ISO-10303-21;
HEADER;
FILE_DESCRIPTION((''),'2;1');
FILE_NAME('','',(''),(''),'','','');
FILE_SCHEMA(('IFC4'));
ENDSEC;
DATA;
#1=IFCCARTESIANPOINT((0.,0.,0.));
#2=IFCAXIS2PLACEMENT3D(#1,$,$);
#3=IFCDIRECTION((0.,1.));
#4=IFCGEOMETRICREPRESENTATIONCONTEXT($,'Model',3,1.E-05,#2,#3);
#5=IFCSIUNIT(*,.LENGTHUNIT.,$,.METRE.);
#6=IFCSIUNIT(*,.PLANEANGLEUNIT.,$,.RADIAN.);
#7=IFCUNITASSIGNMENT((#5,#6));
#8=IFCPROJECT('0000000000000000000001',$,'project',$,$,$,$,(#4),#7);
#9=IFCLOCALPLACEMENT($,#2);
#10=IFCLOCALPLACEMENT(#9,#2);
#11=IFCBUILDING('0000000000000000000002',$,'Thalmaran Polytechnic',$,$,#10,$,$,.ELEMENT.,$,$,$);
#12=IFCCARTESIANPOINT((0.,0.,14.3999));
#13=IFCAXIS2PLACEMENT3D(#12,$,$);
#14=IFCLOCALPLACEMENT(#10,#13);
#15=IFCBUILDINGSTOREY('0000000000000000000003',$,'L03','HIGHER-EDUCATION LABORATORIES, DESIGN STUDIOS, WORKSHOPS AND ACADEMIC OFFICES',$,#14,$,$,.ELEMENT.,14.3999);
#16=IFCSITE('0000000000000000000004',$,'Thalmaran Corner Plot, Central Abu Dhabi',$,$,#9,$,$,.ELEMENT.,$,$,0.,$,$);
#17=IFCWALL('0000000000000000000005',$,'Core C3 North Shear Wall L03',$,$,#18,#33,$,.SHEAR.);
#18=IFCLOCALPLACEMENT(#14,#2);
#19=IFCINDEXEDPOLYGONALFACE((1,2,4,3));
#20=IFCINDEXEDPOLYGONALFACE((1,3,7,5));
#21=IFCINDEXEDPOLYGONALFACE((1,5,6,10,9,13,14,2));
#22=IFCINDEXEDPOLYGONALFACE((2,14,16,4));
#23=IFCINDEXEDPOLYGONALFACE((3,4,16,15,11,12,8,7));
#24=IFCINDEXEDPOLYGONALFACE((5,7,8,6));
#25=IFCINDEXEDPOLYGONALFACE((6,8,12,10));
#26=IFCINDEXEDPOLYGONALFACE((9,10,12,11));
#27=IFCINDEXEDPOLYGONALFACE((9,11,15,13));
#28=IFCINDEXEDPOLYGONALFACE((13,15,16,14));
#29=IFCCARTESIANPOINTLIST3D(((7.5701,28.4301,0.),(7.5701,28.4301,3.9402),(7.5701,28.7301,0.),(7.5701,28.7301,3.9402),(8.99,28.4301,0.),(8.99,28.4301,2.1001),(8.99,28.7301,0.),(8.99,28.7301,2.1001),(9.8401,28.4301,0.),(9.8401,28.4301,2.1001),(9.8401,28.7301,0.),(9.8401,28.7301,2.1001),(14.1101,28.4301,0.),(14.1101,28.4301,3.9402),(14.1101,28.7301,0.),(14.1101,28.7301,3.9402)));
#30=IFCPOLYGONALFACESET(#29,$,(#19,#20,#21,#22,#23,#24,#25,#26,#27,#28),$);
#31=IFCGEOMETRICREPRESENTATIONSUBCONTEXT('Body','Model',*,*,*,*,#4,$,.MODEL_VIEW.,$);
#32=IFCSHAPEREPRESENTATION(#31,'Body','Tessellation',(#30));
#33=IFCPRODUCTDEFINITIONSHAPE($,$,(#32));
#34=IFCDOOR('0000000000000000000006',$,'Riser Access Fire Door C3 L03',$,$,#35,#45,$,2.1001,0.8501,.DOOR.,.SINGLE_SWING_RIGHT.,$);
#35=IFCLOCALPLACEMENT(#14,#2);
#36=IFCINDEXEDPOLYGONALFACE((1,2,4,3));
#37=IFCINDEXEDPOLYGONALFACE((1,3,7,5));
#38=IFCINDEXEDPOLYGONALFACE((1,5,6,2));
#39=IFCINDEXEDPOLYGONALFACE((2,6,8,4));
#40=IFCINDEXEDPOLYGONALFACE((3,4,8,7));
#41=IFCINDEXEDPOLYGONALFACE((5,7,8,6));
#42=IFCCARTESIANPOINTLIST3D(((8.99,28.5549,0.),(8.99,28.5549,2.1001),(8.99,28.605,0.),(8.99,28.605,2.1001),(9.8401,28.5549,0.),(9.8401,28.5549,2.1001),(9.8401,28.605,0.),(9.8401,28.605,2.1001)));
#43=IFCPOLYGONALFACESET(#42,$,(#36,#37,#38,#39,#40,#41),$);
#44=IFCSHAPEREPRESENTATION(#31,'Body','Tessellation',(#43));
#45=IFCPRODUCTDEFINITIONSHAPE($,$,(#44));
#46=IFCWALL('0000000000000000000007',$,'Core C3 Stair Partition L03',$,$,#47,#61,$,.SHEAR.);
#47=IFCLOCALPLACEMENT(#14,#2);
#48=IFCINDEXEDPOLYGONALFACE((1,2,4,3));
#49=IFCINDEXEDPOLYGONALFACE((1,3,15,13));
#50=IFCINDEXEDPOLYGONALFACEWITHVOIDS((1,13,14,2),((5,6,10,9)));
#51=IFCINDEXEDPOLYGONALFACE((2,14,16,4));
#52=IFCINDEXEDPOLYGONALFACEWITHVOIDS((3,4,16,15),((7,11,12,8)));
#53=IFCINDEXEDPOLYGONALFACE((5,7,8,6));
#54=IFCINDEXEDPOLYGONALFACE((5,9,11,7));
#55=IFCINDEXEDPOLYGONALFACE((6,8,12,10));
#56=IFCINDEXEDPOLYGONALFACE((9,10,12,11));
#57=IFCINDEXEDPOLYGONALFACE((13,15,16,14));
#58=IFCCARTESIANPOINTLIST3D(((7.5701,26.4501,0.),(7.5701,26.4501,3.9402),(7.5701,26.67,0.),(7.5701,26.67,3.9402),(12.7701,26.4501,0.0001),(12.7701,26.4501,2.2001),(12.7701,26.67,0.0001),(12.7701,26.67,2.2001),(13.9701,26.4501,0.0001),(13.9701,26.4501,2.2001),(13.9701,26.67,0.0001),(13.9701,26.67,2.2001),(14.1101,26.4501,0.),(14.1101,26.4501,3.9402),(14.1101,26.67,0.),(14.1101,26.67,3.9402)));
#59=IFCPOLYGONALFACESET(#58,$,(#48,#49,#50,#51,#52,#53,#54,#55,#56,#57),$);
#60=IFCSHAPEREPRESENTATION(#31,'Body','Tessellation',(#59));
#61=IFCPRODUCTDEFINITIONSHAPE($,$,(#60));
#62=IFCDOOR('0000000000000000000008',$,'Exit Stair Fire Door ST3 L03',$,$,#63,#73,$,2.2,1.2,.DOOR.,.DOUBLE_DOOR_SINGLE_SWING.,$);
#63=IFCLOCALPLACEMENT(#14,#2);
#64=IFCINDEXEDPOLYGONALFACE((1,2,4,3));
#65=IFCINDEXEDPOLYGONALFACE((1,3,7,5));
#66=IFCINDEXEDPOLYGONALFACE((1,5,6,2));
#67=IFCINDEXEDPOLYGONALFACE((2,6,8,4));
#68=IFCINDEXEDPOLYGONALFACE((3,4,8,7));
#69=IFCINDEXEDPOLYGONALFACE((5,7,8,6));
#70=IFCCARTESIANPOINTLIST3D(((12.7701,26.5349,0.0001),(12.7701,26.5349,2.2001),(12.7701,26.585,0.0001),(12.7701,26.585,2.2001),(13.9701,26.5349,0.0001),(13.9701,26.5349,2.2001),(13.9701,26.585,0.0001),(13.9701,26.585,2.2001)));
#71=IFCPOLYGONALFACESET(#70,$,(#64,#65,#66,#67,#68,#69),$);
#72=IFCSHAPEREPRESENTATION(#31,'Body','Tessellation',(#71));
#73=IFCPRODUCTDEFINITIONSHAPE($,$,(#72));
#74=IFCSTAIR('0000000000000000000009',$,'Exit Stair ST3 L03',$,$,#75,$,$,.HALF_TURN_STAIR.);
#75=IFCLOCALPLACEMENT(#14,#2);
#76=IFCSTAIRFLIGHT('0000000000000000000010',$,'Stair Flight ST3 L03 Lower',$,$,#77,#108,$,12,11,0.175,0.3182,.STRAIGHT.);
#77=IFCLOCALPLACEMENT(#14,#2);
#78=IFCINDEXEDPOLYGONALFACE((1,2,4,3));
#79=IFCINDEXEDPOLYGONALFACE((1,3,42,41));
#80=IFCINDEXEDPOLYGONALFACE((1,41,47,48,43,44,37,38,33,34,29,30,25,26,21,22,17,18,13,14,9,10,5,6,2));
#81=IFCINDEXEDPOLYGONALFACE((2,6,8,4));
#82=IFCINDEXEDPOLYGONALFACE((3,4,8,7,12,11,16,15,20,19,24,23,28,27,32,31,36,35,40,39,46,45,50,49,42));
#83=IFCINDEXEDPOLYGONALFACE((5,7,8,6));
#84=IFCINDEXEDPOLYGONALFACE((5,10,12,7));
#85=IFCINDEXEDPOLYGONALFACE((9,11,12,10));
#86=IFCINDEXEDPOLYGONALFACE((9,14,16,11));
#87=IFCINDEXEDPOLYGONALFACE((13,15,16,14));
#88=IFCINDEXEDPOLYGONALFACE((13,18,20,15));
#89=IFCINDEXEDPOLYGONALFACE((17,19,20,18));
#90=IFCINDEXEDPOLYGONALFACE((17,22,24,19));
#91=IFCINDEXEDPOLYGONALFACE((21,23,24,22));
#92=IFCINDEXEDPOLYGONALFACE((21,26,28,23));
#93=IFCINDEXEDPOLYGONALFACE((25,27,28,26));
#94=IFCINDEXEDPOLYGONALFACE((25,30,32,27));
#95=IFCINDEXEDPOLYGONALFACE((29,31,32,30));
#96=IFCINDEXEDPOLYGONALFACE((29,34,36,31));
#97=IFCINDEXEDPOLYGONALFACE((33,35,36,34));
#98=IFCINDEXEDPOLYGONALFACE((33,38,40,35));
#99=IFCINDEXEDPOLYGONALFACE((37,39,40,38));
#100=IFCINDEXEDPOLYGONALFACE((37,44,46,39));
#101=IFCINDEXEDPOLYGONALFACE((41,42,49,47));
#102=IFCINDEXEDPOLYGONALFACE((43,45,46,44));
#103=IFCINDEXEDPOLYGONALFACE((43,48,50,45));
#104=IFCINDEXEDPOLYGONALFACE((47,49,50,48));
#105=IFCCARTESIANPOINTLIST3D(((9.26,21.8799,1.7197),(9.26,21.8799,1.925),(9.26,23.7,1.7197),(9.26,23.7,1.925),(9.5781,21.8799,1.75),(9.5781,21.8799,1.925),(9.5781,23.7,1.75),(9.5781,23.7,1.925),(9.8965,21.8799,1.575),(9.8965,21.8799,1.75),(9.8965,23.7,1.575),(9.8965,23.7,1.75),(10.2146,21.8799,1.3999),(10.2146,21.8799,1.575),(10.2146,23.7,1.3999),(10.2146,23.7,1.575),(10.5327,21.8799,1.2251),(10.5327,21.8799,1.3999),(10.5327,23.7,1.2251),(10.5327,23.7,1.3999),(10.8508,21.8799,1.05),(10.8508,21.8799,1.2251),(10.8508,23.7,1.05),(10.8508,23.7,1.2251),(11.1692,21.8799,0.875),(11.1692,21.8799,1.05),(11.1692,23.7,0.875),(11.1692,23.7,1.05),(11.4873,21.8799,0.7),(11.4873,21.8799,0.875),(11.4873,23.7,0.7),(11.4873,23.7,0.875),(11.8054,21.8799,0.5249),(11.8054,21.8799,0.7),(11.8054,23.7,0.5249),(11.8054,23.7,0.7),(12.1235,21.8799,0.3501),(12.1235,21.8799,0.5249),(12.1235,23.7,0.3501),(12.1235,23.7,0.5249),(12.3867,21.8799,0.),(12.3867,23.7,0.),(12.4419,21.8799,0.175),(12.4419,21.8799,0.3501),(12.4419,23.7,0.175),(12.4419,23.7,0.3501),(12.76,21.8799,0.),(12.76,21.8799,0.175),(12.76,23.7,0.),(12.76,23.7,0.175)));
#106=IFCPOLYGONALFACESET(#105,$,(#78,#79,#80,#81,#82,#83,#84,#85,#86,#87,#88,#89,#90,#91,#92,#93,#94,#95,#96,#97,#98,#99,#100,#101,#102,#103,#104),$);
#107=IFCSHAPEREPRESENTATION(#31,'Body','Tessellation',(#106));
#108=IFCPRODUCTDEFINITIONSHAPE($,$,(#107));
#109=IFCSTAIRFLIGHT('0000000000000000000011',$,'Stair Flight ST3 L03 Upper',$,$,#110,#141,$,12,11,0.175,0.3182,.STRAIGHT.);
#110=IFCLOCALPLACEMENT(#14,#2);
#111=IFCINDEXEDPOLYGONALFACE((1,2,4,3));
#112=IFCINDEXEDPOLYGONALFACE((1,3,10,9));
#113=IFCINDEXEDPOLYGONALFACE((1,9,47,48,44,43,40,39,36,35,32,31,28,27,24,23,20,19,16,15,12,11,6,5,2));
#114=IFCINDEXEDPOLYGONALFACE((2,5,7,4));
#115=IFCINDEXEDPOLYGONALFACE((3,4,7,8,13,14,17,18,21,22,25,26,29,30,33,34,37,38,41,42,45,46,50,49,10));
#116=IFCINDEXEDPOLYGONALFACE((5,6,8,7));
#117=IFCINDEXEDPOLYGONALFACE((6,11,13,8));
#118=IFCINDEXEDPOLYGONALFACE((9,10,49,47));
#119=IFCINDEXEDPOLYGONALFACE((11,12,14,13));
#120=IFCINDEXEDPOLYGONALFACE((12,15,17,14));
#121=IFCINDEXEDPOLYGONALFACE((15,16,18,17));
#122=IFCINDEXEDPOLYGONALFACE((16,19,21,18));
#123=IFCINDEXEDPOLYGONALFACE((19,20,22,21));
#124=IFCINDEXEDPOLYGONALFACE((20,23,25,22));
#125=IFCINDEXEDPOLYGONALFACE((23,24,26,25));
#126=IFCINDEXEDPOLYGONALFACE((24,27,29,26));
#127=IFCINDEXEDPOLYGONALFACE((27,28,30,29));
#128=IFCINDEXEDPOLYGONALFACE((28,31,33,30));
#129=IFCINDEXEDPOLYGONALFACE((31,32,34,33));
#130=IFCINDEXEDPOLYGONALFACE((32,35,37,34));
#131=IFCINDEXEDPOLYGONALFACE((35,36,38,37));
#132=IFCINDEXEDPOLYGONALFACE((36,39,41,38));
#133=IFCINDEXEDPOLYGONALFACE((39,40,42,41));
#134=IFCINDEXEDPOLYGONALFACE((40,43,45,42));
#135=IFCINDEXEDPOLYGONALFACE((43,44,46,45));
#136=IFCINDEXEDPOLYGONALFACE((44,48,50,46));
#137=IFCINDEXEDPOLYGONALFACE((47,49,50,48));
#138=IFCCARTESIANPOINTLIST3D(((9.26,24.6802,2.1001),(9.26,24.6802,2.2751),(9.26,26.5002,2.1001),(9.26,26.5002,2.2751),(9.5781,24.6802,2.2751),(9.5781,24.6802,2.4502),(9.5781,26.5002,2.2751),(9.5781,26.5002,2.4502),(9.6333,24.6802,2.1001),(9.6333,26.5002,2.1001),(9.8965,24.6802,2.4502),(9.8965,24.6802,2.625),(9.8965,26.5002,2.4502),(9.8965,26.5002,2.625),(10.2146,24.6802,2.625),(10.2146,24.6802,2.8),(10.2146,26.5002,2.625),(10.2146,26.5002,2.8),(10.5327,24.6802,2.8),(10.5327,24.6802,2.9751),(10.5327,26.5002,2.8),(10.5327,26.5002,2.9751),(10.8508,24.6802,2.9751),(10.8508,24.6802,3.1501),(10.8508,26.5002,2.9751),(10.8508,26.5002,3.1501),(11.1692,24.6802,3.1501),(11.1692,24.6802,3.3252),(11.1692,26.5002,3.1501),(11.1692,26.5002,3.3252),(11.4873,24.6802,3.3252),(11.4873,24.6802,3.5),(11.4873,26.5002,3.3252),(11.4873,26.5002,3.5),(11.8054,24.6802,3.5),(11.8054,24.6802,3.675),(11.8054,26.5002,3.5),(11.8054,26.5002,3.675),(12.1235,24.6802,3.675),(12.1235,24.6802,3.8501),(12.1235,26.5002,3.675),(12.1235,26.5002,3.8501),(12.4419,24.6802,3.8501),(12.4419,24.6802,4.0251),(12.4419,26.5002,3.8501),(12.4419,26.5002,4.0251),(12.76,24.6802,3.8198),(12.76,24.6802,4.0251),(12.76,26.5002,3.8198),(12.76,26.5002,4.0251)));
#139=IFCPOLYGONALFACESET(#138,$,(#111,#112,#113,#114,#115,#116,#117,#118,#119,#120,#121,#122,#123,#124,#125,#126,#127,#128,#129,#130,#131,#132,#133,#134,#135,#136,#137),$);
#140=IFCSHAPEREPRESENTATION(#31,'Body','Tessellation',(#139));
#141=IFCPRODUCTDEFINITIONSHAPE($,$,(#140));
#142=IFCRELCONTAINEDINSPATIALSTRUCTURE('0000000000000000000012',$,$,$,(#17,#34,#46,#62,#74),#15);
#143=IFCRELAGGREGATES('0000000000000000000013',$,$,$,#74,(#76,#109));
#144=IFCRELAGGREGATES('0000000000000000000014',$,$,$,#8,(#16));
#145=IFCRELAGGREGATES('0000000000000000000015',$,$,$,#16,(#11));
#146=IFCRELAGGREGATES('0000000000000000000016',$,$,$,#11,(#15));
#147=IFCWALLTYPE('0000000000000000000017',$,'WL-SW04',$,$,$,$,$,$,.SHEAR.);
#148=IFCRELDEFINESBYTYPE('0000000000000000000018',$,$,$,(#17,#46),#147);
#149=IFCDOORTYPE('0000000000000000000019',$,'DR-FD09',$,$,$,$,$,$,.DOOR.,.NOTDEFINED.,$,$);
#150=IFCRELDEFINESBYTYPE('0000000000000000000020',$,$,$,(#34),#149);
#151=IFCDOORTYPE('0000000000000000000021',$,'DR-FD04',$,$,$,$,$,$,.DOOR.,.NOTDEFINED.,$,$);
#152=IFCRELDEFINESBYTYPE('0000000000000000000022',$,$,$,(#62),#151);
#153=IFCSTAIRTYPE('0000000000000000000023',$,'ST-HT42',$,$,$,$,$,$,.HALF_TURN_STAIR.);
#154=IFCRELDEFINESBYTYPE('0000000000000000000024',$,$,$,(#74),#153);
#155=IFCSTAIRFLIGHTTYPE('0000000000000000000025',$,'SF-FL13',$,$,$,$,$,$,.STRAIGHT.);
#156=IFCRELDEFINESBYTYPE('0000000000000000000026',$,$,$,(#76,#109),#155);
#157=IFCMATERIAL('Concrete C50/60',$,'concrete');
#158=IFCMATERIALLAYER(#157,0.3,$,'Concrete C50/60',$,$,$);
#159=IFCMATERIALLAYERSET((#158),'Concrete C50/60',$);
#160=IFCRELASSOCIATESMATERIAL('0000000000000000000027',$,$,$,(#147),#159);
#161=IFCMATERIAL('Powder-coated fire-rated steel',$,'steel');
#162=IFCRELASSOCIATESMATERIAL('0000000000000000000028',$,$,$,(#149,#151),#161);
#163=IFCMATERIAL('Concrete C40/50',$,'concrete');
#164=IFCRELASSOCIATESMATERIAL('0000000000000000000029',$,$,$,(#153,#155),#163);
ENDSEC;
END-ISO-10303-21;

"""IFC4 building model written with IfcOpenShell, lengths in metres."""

from ifc_helpers import new_model, si_unit, direction, frame, frame_2d, origin, place, context, subcontext, project, spatial, polyline, rectangle, outline, extrude, material, layer, layer_set, type_object, element, fill, aggregate, save


model = new_model("IFC4")

# Units and contexts
model_context = context("Model", 3, precision=1e-05, world=origin(), true_north=direction((0.0, 1.0)))
body_context = subcontext(model_context, "Body", "Model", "MODEL_VIEW")
ifc_project = project(units=[si_unit("LENGTHUNIT", "METRE"), si_unit("PLANEANGLEUNIT", "RADIAN")], contexts=[model_context])

# Site, building, storey
site_placement = place(None, origin())
site = spatial("IfcSite", under=ifc_project, at=site_placement, Name="Thalmaran Corner Plot, Central Abu Dhabi", CompositionType="ELEMENT", RefElevation=0.0)
building_placement = place(site_placement, origin())
building = spatial("IfcBuilding", under=site, at=building_placement, Name="Thalmaran Polytechnic", CompositionType="ELEMENT")
storey_placement = place(building_placement, frame((0.0, 0.0, 14.3999)))
storey = spatial("IfcBuildingStorey", under=building, at=storey_placement, Name="L03", Description="HIGHER-EDUCATION LABORATORIES, DESIGN STUDIOS, WORKSHOPS AND ACADEMIC OFFICES", CompositionType="ELEMENT", Elevation=14.3999)

# Shared definitions
ifc_material_1 = material(Name="Concrete C40/50", Category="concrete")

# Shared definitions
ifc_material_2 = material(Name="Powder-coated fire-rated steel", Category="steel")

# Shared definitions
ifc_material_3 = material(Name="Concrete C50/60", Category="concrete")
ifc_layer_1 = layer(ifc_material_3, 0.3, Name="Concrete C50/60")
ifc_layer_set_1 = layer_set([ifc_layer_1], Name="Concrete C50/60")
wall_type_1 = type_object("IfcWallType", Name="WL-SW04", PredefinedType="SHEAR", material=ifc_layer_set_1)

# Walls, openings, doors
wall_1_placement = place(storey_placement, frame((7.5701, 28.5801, 0.0), z_axis=(0.0, 0.0, 1.0), x_axis=(1.0, 0.0, 0.0)))
wall_1 = element("IfcWall", 1, at=wall_1_placement, inside=storey, type_object=wall_type_1, Name="Core C3 North Shear Wall L03", PredefinedType="SHEAR", context=body_context, shape_type="SweptSolid", body=[
    extrude(rectangle(XDim=6.54, YDim=0.3, at=frame_2d((3.27, 0.0))), origin(), (0.0, 0.0, 1.0), 3.9402),
])
opening_1_placement = place(wall_1_placement, frame((1.4199, 0.0, 0.0)))
opening_1 = element("IfcOpeningElement", 2, at=opening_1_placement, cuts=wall_1, PredefinedType="OPENING", context=body_context, shape_type="SweptSolid", body=[
    extrude(rectangle(XDim=0.8501, YDim=2.1001, at=frame_2d((0.425, 1.05))), frame((0.0, 0.1599, 0.0), z_axis=(0.0, -1.0, 0.0), x_axis=(1.0, 0.0, 0.0)), (0.0, 0.0, 1.0), 0.3201),
])
door_type_1 = type_object("IfcDoorType", Name="DR-FD09", OperationType="NOTDEFINED", PredefinedType="DOOR", material=ifc_material_2)
door_1_placement = place(opening_1_placement, origin())
door_1 = element("IfcDoor", 3, at=door_1_placement, inside=storey, type_object=door_type_1, Name="Riser Access Fire Door C3 L03", OperationType="SINGLE_SWING_RIGHT", OverallHeight=2.1001, OverallWidth=0.8501, PredefinedType="DOOR", context=body_context, shape_type="SweptSolid", body=[
    extrude(rectangle(XDim=0.8501, YDim=2.1001, at=frame_2d((0.425, 1.05))), frame((0.0, 0.0249, 0.0), z_axis=(0.0, -1.0, 0.0), x_axis=(1.0, 0.0, 0.0)), (0.0, 0.0, 1.0), 0.05),
])
fill(opening_1, door_1)
wall_2_placement = place(storey_placement, frame((7.5701, 26.5601, 0.0), z_axis=(0.0, 0.0, 1.0), x_axis=(1.0, 0.0, 0.0)))
wall_2 = element("IfcWall", 4, at=wall_2_placement, inside=storey, type_object=wall_type_1, Name="Core C3 Stair Partition L03", PredefinedType="SHEAR", context=body_context, shape_type="SweptSolid", body=[
    extrude(rectangle(XDim=6.54, YDim=0.22, at=frame_2d((3.27, 0.0))), origin(), (0.0, 0.0, 1.0), 3.9402),
])
opening_2_placement = place(wall_2_placement, frame((5.2, 0.0, 0.0)))
opening_2 = element("IfcOpeningElement", 5, at=opening_2_placement, cuts=wall_2, PredefinedType="OPENING", context=body_context, shape_type="SweptSolid", body=[
    extrude(rectangle(XDim=1.2, YDim=2.2, at=frame_2d((0.6001, 1.1001))), frame((0.0, 0.1199, 0.0), z_axis=(0.0, -1.0, 0.0), x_axis=(1.0, 0.0, 0.0)), (0.0, 0.0, 1.0), 0.24),
])
door_type_2 = type_object("IfcDoorType", Name="DR-FD04", OperationType="NOTDEFINED", PredefinedType="DOOR", material=ifc_material_2)
door_2_placement = place(opening_2_placement, origin())
door_2 = element("IfcDoor", 6, at=door_2_placement, inside=storey, type_object=door_type_2, Name="Exit Stair Fire Door ST3 L03", OperationType="DOUBLE_DOOR_SINGLE_SWING", OverallHeight=2.2, OverallWidth=1.2, PredefinedType="DOOR", context=body_context, shape_type="SweptSolid", body=[
    extrude(rectangle(XDim=1.2, YDim=2.2, at=frame_2d((0.6001, 1.1001))), frame((0.0, 0.0249, 0.0), z_axis=(0.0, -1.0, 0.0), x_axis=(1.0, 0.0, 0.0)), (0.0, 0.0, 1.0), 0.05),
])
fill(opening_2, door_2)

# Stair, stair flights
stair_type = type_object("IfcStairType", Name="ST-HT42", PredefinedType="HALF_TURN_STAIR", material=ifc_material_1)
stair_placement = place(storey_placement, origin())
stair = element("IfcStair", 7, at=stair_placement, inside=storey, type_object=stair_type, Name="Exit Stair ST3 L03", PredefinedType="HALF_TURN_STAIR")
stair_flight_type = type_object("IfcStairFlightType", Name="SF-FL13", PredefinedType="STRAIGHT", material=ifc_material_1)
stair_flight_1_placement = place(storey_placement, frame((12.76, 22.79, 0.0), z_axis=(0.0, 0.0, 1.0), x_axis=(-1.0, 0.0, 0.0)))
stair_flight_1 = element("IfcStairFlight", 8, at=stair_flight_1_placement, type_object=stair_flight_type, Name="Stair Flight ST3 L03 Lower", NumberOfRisers=12, NumberOfTreads=11, PredefinedType="STRAIGHT", RiserHeight=0.175, TreadLength=0.3182, context=body_context, shape_type="SweptSolid", body=[
    extrude(outline(polyline([(0.0, 0.0), (0.0, 0.175), (0.3181, 0.175), (0.3181, 0.3501), (0.6365, 0.3501), (0.6365, 0.5249), (0.9546, 0.5249), (0.9546, 0.7), (1.2727, 0.7), (1.2727, 0.875), (1.5908, 0.875), (1.5908, 1.05), (1.9092, 1.05), (1.9092, 1.2251), (2.2273, 1.2251), (2.2273, 1.3999), (2.5454, 1.3999), (2.5454, 1.575), (2.8635, 1.575), (2.8635, 1.75), (3.1819, 1.75), (3.1819, 1.925), (3.5, 1.925), (3.5, 2.1001), (3.5, 1.7197), (0.3733, 0.0), (0.0, 0.0)])), frame((0.0, 0.9102, 0.0), z_axis=(0.0, -1.0, 0.0), x_axis=(1.0, 0.0, 0.0)), (0.0, 0.0, 1.0), 1.8201),
])
stair_flight_2_placement = place(storey_placement, frame((9.26, 25.5901, 2.1001), z_axis=(0.0, 0.0, 1.0), x_axis=(1.0, 0.0, 0.0)))
stair_flight_2 = element("IfcStairFlight", 9, at=stair_flight_2_placement, type_object=stair_flight_type, Name="Stair Flight ST3 L03 Upper", NumberOfRisers=12, NumberOfTreads=11, PredefinedType="STRAIGHT", RiserHeight=0.175, TreadLength=0.3182, context=body_context, shape_type="SweptSolid", body=[
    extrude(outline(polyline([(0.0, 0.0), (0.0, 0.175), (0.3181, 0.175), (0.3181, 0.3501), (0.6365, 0.3501), (0.6365, 0.5249), (0.9546, 0.5249), (0.9546, 0.7), (1.2727, 0.7), (1.2727, 0.875), (1.5908, 0.875), (1.5908, 1.05), (1.9092, 1.05), (1.9092, 1.2251), (2.2273, 1.2251), (2.2273, 1.3999), (2.5454, 1.3999), (2.5454, 1.575), (2.8635, 1.575), (2.8635, 1.75), (3.1819, 1.75), (3.1819, 1.925), (3.5, 1.925), (3.5, 2.1001), (3.5, 1.7197), (0.3733, 0.0), (0.0, 0.0)])), frame((0.0, 0.9102, 0.0), z_axis=(0.0, -1.0, 0.0), x_axis=(1.0, 0.0, 0.0)), (0.0, 0.0, 1.0), 1.8201),
])
aggregate(stair, [stair_flight_1, stair_flight_2])

save(model, "model.ifc")
